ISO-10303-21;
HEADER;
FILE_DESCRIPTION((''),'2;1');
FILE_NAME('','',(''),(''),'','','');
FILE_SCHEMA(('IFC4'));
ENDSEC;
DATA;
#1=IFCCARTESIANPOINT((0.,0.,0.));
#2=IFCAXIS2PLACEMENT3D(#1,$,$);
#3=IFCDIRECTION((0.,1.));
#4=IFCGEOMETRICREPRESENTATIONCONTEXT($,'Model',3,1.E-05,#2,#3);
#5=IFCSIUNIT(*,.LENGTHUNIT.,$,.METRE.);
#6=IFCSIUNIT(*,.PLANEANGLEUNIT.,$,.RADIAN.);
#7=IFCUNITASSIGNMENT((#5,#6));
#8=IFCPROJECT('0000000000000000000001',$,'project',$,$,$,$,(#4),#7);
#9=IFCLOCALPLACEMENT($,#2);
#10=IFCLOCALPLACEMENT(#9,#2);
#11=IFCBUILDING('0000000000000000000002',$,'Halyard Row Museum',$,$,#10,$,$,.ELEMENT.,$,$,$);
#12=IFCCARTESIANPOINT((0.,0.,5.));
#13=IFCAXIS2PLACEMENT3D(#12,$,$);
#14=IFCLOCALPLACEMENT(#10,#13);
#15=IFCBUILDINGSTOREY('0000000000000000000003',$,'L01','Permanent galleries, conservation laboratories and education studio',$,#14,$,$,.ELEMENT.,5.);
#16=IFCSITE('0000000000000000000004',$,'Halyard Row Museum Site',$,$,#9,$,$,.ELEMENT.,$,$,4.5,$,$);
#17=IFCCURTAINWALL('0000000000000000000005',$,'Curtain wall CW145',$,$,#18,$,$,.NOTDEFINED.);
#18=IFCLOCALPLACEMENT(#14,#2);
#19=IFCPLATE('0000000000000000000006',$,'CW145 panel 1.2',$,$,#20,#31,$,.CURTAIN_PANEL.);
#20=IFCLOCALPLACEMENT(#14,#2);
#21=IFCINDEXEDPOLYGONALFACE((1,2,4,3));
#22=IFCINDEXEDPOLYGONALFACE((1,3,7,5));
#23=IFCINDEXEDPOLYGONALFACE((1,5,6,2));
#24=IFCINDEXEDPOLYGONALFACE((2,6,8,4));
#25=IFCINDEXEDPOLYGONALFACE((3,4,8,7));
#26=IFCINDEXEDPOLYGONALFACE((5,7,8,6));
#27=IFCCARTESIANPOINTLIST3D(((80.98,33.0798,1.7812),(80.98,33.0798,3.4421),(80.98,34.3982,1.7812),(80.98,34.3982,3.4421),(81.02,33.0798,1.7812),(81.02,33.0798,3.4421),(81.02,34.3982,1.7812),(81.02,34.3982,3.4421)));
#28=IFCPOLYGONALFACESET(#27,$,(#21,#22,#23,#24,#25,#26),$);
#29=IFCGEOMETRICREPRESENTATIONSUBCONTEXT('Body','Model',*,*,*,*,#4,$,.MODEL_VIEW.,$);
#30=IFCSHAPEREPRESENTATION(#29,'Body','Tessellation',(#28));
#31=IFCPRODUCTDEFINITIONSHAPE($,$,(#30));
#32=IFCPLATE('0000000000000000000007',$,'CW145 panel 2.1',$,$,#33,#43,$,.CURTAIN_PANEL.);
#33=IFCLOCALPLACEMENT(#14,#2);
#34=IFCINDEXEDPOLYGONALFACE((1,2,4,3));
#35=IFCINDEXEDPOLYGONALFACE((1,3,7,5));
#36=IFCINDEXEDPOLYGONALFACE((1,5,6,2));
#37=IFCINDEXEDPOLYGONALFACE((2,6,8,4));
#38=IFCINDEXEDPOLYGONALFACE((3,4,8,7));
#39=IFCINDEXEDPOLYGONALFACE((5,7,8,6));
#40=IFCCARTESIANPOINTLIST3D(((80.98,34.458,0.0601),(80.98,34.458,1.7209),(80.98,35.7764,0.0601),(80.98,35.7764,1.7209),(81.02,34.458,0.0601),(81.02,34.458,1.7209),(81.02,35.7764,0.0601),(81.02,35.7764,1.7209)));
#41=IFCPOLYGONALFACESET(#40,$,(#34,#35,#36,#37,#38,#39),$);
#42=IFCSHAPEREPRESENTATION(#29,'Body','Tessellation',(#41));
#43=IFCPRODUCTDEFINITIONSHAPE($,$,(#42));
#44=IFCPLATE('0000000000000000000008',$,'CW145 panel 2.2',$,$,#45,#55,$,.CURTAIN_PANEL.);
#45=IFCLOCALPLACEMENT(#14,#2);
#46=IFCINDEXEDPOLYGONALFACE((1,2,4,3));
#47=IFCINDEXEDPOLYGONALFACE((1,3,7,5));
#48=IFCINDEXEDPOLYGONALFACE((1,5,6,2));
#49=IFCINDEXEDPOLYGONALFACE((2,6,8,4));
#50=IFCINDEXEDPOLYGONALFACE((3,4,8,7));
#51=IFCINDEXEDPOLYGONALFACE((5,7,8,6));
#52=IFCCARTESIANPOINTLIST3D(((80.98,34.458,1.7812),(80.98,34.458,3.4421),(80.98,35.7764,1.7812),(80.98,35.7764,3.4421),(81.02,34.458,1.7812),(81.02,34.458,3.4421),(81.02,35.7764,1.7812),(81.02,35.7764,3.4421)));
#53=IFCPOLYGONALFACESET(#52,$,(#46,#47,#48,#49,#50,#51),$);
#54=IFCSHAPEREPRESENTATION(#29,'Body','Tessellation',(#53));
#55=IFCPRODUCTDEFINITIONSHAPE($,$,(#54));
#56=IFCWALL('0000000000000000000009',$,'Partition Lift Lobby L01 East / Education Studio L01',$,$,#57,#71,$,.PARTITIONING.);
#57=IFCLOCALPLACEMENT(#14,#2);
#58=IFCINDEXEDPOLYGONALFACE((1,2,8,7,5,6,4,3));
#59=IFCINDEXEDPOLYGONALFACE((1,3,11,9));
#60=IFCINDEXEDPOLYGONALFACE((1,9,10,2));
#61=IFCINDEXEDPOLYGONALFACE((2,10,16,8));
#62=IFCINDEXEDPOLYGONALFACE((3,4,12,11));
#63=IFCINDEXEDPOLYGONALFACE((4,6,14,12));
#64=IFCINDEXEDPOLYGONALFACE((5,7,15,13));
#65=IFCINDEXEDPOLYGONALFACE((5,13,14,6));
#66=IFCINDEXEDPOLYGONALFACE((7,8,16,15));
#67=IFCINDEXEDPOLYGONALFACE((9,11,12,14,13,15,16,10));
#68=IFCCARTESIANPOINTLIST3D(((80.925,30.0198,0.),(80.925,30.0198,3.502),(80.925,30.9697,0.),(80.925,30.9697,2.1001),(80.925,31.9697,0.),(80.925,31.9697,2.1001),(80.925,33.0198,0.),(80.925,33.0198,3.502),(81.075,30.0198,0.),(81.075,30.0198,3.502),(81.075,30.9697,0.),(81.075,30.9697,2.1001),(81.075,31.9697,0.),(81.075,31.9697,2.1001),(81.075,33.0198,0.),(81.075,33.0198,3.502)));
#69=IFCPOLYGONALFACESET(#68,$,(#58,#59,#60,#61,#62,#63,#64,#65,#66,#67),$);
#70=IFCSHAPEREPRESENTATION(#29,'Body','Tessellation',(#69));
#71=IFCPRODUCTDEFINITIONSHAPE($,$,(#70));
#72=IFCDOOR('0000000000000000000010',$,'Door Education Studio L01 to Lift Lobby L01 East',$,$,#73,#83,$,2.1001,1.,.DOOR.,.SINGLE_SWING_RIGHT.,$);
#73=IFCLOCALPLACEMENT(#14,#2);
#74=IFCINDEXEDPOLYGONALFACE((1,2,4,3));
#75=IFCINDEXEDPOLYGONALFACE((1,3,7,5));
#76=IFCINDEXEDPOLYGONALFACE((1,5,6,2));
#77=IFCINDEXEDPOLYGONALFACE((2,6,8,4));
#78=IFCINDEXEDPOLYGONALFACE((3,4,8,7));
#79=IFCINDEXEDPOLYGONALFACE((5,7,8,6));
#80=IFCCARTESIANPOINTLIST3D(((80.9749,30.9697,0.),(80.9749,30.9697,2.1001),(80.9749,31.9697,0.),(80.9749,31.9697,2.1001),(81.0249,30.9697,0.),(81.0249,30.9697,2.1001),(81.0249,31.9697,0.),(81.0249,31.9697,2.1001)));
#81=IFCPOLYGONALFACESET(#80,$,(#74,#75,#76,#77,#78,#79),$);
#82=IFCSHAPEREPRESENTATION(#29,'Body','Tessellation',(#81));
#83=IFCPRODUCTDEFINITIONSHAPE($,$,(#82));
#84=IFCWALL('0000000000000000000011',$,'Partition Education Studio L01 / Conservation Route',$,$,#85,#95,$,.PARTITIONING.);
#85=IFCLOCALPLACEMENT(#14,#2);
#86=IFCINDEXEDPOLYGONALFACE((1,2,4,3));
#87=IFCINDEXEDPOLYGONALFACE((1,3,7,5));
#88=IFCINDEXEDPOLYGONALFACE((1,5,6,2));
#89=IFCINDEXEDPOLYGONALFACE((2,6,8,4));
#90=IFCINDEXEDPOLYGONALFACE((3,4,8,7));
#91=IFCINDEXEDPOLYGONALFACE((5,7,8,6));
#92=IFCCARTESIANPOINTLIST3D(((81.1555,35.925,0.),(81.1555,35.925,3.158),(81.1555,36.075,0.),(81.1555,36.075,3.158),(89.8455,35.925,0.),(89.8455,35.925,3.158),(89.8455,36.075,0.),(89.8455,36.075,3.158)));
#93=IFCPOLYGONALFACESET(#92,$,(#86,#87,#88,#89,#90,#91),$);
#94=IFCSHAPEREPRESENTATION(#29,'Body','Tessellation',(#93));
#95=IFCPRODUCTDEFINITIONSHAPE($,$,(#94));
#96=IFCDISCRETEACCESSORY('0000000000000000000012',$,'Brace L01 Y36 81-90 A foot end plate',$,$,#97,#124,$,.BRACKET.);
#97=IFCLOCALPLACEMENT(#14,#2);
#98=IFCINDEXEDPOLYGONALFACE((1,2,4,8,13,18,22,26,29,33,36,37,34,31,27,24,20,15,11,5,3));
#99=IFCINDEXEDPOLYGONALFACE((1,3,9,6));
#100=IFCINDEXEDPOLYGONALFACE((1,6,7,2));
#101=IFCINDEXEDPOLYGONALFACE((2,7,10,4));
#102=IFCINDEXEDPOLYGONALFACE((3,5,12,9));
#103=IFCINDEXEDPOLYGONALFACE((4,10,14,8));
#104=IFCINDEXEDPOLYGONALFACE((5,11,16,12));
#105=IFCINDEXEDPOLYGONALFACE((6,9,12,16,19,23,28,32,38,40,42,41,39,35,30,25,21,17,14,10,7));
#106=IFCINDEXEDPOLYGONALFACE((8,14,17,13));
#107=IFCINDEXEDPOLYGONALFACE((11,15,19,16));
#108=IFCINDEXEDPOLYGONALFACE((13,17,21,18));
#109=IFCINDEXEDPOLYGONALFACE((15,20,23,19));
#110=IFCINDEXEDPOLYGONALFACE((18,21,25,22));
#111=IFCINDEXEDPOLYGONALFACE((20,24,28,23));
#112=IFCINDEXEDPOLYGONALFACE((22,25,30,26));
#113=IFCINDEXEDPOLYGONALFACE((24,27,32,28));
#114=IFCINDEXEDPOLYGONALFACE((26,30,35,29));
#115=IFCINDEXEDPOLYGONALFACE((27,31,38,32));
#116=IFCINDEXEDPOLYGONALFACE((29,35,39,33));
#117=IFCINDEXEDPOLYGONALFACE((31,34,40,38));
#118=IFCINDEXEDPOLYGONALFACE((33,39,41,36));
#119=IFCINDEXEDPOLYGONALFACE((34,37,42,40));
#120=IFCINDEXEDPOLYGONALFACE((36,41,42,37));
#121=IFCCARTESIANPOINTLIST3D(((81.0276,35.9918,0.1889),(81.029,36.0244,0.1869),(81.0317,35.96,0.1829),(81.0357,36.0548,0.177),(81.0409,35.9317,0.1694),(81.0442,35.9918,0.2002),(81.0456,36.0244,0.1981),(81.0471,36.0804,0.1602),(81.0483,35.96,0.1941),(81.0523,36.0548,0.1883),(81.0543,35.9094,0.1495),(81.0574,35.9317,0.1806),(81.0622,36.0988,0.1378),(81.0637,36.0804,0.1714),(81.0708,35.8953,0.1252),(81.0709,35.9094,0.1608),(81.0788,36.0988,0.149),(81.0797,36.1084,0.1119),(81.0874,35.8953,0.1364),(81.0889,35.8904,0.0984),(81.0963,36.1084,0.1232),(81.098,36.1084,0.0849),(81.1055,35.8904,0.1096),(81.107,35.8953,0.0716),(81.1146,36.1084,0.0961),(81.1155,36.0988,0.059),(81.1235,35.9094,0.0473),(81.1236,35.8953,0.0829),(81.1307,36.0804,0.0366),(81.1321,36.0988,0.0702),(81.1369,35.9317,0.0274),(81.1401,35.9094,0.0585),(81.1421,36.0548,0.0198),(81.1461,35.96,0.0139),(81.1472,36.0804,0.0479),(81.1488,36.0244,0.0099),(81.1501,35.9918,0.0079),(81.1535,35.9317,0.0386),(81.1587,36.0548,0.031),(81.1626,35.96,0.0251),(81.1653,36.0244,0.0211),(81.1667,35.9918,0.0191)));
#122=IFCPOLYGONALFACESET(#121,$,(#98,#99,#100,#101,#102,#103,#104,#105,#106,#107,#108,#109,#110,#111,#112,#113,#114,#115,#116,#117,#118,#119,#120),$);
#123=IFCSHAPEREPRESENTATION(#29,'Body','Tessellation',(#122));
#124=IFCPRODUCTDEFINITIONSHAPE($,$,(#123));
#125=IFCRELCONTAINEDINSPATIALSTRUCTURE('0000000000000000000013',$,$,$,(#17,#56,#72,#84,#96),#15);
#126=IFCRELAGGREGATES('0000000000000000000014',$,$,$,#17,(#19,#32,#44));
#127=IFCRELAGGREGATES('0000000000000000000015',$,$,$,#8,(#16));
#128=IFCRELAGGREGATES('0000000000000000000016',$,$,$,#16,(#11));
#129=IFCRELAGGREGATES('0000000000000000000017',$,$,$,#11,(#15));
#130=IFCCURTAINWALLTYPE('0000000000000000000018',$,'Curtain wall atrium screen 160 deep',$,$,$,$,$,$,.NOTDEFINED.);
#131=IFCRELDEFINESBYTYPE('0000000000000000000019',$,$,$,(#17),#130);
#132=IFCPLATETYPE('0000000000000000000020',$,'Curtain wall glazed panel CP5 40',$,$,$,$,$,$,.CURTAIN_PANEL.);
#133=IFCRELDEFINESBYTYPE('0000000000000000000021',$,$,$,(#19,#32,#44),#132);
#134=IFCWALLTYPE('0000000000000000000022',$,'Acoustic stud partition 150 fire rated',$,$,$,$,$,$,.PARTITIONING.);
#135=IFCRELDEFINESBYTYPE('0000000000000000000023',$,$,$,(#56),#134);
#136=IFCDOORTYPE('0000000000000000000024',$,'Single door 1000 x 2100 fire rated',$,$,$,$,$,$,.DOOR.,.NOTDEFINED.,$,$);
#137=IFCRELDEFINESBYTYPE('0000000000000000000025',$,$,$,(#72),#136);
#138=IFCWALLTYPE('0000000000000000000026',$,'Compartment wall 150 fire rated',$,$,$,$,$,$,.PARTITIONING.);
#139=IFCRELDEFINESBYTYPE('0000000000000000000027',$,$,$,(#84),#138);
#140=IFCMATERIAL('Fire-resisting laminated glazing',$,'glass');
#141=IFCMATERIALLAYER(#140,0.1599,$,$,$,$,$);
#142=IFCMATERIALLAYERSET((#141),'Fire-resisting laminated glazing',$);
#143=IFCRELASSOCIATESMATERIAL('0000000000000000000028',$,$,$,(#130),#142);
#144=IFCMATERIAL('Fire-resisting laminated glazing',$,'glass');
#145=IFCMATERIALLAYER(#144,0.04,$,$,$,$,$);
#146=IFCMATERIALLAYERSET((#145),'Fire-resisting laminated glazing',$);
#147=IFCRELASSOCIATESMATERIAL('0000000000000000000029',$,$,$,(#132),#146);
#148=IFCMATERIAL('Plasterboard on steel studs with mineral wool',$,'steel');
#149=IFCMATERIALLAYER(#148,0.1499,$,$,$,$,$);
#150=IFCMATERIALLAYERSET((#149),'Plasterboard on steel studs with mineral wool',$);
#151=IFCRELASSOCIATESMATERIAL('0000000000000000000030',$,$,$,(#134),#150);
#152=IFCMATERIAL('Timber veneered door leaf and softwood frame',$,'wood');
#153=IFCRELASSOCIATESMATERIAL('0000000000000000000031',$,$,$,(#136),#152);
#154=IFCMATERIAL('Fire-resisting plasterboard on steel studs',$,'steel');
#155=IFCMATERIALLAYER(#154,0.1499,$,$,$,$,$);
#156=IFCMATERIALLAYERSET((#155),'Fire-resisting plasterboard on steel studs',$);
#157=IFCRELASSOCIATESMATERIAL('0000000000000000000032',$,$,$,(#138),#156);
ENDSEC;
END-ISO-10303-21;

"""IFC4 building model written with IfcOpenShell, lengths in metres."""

from ifc_helpers import new_model, si_unit, direction, frame, frame_2d, origin, origin_2d, place, context, subcontext, project, spatial, rectangle, circle, extrude, material, layer, layer_set, type_object, element, fill, aggregate, save


model = new_model("IFC4")

# Units and contexts
model_context = context("Model", 3, precision=1e-05, world=origin(), true_north=direction((0.0, 1.0)))
body_context = subcontext(model_context, "Body", "Model", "MODEL_VIEW")
ifc_project = project(units=[si_unit("LENGTHUNIT", "METRE"), si_unit("PLANEANGLEUNIT", "RADIAN")], contexts=[model_context])

# Site, building, storey
site_placement = place(None, origin())
site = spatial("IfcSite", under=ifc_project, at=site_placement, Name="Halyard Row Museum Site", CompositionType="ELEMENT", RefElevation=4.5)
building_placement = place(site_placement, origin())
building = spatial("IfcBuilding", under=site, at=building_placement, Name="Halyard Row Museum", CompositionType="ELEMENT")
storey_placement = place(building_placement, frame((0.0, 0.0, 5.0)))
storey = spatial("IfcBuildingStorey", under=building, at=storey_placement, Name="L01", Description="Permanent galleries, conservation laboratories and education studio", CompositionType="ELEMENT", Elevation=5.0)

# Shared definitions
ifc_material_1 = material(Name="Fire-resisting laminated glazing", Category="glass")
ifc_layer_1 = layer(ifc_material_1, 0.1599)
ifc_layer_set_1 = layer_set([ifc_layer_1], Name="Fire-resisting laminated glazing")
curtain_wall_type = type_object("IfcCurtainWallType", Name="Curtain wall atrium screen 160 deep", PredefinedType="NOTDEFINED", material=ifc_layer_set_1)

# Curtain wall
curtain_wall_1_placement = place(storey_placement, origin())
curtain_wall_1 = element("IfcCurtainWall", 1, at=curtain_wall_1_placement, inside=storey, type_object=curtain_wall_type, Name="Curtain wall CW145", PredefinedType="NOTDEFINED")

# Plates
ifc_material_2 = material(Name="Fire-resisting laminated glazing", Category="glass")
ifc_layer_2 = layer(ifc_material_2, 0.04)
ifc_layer_set_2 = layer_set([ifc_layer_2], Name="Fire-resisting laminated glazing")
plate_type = type_object("IfcPlateType", Name="Curtain wall glazed panel CP5 40", PredefinedType="CURTAIN_PANEL", material=ifc_layer_set_2)
plate_1_placement = place(storey_placement, frame((81.0, 33.739, 1.7812), z_axis=(0.0, 0.0, 1.0), x_axis=(0.0, 1.0, 0.0)))
plate_1 = element("IfcPlate", 2, at=plate_1_placement, type_object=plate_type, Name="CW145 panel 1.2", PredefinedType="CURTAIN_PANEL", context=body_context, shape_type="SweptSolid", body=[
    extrude(rectangle(XDim=1.3184, YDim=0.04, at=origin_2d()), origin(), (0.0, 0.0, 1.0), 1.6609),
])
plate_2_placement = place(storey_placement, frame((81.0, 35.1172, 0.0601), z_axis=(0.0, 0.0, 1.0), x_axis=(0.0, 1.0, 0.0)))
plate_2 = element("IfcPlate", 3, at=plate_2_placement, type_object=plate_type, Name="CW145 panel 2.1", PredefinedType="CURTAIN_PANEL", context=body_context, shape_type="SweptSolid", body=[
    extrude(rectangle(XDim=1.3184, YDim=0.04, at=origin_2d()), origin(), (0.0, 0.0, 1.0), 1.6609),
])
plate_3_placement = place(storey_placement, frame((81.0, 35.1172, 1.7812), z_axis=(0.0, 0.0, 1.0), x_axis=(0.0, 1.0, 0.0)))
plate_3 = element("IfcPlate", 4, at=plate_3_placement, type_object=plate_type, Name="CW145 panel 2.2", PredefinedType="CURTAIN_PANEL", context=body_context, shape_type="SweptSolid", body=[
    extrude(rectangle(XDim=1.3184, YDim=0.04, at=origin_2d()), origin(), (0.0, 0.0, 1.0), 1.6609),
])
aggregate(curtain_wall_1, [plate_1, plate_2, plate_3])

# Wall, opening, door
ifc_material_3 = material(Name="Plasterboard on steel studs with mineral wool", Category="steel")
ifc_layer_3 = layer(ifc_material_3, 0.1499)
ifc_layer_set_3 = layer_set([ifc_layer_3], Name="Plasterboard on steel studs with mineral wool")
wall_type_1 = type_object("IfcWallType", Name="Acoustic stud partition 150 fire rated", PredefinedType="PARTITIONING", material=ifc_layer_set_3)
wall_1_placement = place(storey_placement, frame((81.0, 30.0198, 0.0), z_axis=(0.0, 0.0, 1.0), x_axis=(0.0, 1.0, 0.0)))
wall_1 = element("IfcWall", 5, at=wall_1_placement, inside=storey, type_object=wall_type_1, Name="Partition Lift Lobby L01 East / Education Studio L01", PredefinedType="PARTITIONING", context=body_context, shape_type="SweptSolid", body=[
    extrude(rectangle(XDim=3.0, YDim=0.1499, at=frame_2d((1.5, 0.0))), origin(), (0.0, 0.0, 1.0), 3.502),
])
opening_placement = place(wall_1_placement, frame((0.95, 0.0, 0.0)))
opening = element("IfcOpeningElement", 6, at=opening_placement, cuts=wall_1, PredefinedType="OPENING", context=body_context, shape_type="SweptSolid", body=[
    extrude(rectangle(XDim=1.0, YDim=2.1001, at=frame_2d((0.5, 1.05))), frame((0.0, 0.085, 0.0), z_axis=(0.0, -1.0, 0.0), x_axis=(1.0, 0.0, 0.0)), (0.0, 0.0, 1.0), 0.1699),
])
ifc_material_4 = material(Name="Timber veneered door leaf and softwood frame", Category="wood")
door_type = type_object("IfcDoorType", Name="Single door 1000 x 2100 fire rated", OperationType="NOTDEFINED", PredefinedType="DOOR", material=ifc_material_4)
door_placement = place(opening_placement, frame((1.0, 0.0, 0.0), z_axis=(0.0, 0.0, 1.0), x_axis=(-1.0, 0.0, 0.0)))
door = element("IfcDoor", 7, at=door_placement, inside=storey, type_object=door_type, Name="Door Education Studio L01 to Lift Lobby L01 East", OperationType="SINGLE_SWING_RIGHT", OverallHeight=2.1001, OverallWidth=1.0, PredefinedType="DOOR", context=body_context, shape_type="SweptSolid", body=[
    extrude(rectangle(XDim=1.0, YDim=2.1001, at=frame_2d((0.5, 1.05))), frame((0.0, 0.0249, 0.0), z_axis=(0.0, -1.0, 0.0), x_axis=(1.0, 0.0, 0.0)), (0.0, 0.0, 1.0), 0.05),
])
fill(opening, door)

# Wall
ifc_material_5 = material(Name="Fire-resisting plasterboard on steel studs", Category="steel")
ifc_layer_4 = layer(ifc_material_5, 0.1499)
ifc_layer_set_4 = layer_set([ifc_layer_4], Name="Fire-resisting plasterboard on steel studs")
wall_type_2 = type_object("IfcWallType", Name="Compartment wall 150 fire rated", PredefinedType="PARTITIONING", material=ifc_layer_set_4)
wall_2_placement = place(storey_placement, frame((81.1555, 36.0, 0.0), z_axis=(0.0, 0.0, 1.0), x_axis=(1.0, 0.0, 0.0)))
element("IfcWall", 8, at=wall_2_placement, inside=storey, type_object=wall_type_2, Name="Partition Education Studio L01 / Conservation Route", PredefinedType="PARTITIONING", context=body_context, shape_type="SweptSolid", body=[
    extrude(rectangle(XDim=8.6899, YDim=0.1499, at=frame_2d((4.345, 0.0))), origin(), (0.0, 0.0, 1.0), 3.158),
])

# Discrete accessory
discrete_accessory_placement = place(storey_placement, frame((81.1055, 36.0, 0.1096), z_axis=(-0.828283, 0.0, -0.560309), x_axis=(0.0, -1.0, 0.0)))
element("IfcDiscreteAccessory", 9, at=discrete_accessory_placement, inside=storey, Name="Brace L01 Y36 81-90 A foot end plate", PredefinedType="BRACKET", context=body_context, shape_type="SweptSolid", body=[
    extrude(circle(Radius=0.1096, at=origin_2d()), origin(), (0.0, 0.0, 1.0), 0.02),
])

save(model, "model.ifc")
